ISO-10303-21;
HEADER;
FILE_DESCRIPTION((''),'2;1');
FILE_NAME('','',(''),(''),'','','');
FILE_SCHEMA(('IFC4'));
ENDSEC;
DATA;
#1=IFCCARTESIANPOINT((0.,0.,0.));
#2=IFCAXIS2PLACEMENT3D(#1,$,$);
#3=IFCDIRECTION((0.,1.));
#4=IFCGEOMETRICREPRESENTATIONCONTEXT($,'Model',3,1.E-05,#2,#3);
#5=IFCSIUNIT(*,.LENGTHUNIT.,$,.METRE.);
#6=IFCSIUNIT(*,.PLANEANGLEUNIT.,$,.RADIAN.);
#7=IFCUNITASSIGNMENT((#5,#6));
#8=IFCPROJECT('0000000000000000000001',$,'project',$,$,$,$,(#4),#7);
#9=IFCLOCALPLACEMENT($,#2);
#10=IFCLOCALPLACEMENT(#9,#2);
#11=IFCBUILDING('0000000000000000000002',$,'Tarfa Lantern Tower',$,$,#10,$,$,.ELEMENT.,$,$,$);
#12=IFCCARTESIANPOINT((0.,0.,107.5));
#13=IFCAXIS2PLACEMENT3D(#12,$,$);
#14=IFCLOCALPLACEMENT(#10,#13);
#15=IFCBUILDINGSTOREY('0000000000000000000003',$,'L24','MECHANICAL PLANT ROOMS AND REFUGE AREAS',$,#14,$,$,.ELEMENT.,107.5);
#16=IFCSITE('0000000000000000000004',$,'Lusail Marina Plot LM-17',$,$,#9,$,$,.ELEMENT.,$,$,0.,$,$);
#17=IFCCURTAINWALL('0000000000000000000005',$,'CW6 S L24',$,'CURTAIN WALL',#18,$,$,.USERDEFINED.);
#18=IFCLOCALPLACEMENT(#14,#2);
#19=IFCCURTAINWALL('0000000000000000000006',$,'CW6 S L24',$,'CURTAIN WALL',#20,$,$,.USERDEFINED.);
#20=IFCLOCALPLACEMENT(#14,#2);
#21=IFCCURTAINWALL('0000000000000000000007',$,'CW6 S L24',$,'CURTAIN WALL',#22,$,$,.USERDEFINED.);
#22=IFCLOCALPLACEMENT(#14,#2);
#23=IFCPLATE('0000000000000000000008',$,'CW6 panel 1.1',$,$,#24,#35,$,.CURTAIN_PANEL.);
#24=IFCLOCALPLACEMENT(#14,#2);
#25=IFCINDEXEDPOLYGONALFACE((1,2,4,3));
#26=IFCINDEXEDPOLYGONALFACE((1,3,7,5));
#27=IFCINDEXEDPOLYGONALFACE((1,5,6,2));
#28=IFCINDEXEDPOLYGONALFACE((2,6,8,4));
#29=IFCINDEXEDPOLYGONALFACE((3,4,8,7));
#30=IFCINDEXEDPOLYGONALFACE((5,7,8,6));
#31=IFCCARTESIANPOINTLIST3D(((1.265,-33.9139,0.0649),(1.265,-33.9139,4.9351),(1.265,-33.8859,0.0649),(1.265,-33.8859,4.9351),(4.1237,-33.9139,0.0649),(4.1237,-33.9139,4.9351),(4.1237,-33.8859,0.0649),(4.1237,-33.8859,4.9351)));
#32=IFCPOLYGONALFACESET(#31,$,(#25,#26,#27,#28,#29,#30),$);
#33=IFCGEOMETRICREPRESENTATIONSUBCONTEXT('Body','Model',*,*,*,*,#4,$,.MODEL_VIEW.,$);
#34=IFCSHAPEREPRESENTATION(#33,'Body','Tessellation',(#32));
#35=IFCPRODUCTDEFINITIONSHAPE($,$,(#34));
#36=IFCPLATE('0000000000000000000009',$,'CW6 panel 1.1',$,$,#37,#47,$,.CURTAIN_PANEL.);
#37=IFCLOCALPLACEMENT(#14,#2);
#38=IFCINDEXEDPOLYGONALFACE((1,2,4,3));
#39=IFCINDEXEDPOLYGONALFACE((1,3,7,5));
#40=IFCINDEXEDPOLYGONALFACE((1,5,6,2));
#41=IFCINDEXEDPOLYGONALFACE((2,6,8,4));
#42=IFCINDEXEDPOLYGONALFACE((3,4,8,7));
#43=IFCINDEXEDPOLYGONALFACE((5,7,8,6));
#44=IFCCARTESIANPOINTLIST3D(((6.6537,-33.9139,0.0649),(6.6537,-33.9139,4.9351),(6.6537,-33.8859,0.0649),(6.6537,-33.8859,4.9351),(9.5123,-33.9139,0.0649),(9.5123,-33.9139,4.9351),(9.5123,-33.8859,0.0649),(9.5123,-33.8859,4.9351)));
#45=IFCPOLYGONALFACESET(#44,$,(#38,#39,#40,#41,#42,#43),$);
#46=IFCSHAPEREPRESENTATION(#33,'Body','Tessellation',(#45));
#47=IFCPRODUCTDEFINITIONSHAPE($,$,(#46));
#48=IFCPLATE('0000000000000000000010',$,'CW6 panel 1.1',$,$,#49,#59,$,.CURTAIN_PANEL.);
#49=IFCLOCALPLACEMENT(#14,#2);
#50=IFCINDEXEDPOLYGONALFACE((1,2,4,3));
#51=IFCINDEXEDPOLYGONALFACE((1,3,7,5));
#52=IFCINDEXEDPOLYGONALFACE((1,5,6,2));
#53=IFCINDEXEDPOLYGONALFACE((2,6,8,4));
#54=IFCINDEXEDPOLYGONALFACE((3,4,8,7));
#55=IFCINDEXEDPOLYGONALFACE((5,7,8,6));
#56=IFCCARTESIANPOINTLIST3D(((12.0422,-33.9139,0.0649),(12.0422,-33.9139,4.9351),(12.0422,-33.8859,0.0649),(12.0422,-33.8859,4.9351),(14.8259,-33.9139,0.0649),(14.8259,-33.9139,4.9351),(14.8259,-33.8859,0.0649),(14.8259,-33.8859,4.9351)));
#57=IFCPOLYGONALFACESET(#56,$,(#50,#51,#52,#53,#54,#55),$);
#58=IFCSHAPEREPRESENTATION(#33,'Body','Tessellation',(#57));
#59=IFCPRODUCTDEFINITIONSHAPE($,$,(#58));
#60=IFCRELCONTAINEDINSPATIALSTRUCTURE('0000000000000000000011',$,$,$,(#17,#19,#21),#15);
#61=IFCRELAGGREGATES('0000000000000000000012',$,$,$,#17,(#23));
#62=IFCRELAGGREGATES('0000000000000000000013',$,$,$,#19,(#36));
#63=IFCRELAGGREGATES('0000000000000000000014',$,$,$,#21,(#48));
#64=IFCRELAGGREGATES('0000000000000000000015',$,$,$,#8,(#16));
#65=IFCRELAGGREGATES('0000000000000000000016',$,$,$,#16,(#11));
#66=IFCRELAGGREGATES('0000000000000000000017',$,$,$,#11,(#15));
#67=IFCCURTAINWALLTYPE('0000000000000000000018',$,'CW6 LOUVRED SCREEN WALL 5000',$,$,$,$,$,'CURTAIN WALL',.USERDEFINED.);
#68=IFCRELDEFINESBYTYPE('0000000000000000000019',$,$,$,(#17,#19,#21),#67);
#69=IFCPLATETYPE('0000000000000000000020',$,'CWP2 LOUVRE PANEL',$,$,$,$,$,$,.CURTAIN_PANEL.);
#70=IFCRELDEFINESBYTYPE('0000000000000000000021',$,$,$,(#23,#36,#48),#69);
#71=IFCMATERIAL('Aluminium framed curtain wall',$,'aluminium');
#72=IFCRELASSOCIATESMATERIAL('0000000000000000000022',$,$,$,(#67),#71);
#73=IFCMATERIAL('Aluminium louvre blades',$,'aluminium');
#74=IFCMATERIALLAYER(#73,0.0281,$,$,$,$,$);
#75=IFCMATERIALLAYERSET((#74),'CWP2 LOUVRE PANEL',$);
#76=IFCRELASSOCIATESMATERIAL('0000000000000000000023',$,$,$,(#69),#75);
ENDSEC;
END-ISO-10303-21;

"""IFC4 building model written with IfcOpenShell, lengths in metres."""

from ifc_helpers import new_model, si_unit, direction, frame, origin, origin_2d, place, context, subcontext, project, spatial, rectangle, extrude, material, layer, layer_set, type_object, element, aggregate, save


model = new_model("IFC4")

# Units and contexts
model_context = context("Model", 3, precision=1e-05, world=origin(), true_north=direction((0.0, 1.0)))
body_context = subcontext(model_context, "Body", "Model", "MODEL_VIEW")
ifc_project = project(units=[si_unit("LENGTHUNIT", "METRE"), si_unit("PLANEANGLEUNIT", "RADIAN")], contexts=[model_context])

# Site, building, storey
site_placement = place(None, origin())
site = spatial("IfcSite", under=ifc_project, at=site_placement, Name="Lusail Marina Plot LM-17", CompositionType="ELEMENT", RefElevation=0.0)
building_placement = place(site_placement, origin())
building = spatial("IfcBuilding", under=site, at=building_placement, Name="Tarfa Lantern Tower", CompositionType="ELEMENT")
storey_placement = place(building_placement, frame((0.0, 0.0, 107.5)))
storey = spatial("IfcBuildingStorey", under=building, at=storey_placement, Name="L24", Description="MECHANICAL PLANT ROOMS AND REFUGE AREAS", CompositionType="ELEMENT", Elevation=107.5)

# Curtain walls
ifc_material_1 = material(Name="Aluminium framed curtain wall", Category="aluminium")
curtain_wall_type = type_object("IfcCurtainWallType", Name="CW6 LOUVRED SCREEN WALL 5000", ElementType="CURTAIN WALL", PredefinedType="USERDEFINED", material=ifc_material_1)
curtain_wall_1_placement = place(storey_placement, origin())
curtain_wall_1 = element("IfcCurtainWall", 1, at=curtain_wall_1_placement, inside=storey, type_object=curtain_wall_type, Name="CW6 S L24", ObjectType="CURTAIN WALL", PredefinedType="USERDEFINED")
curtain_wall_2_placement = place(storey_placement, origin())
curtain_wall_2 = element("IfcCurtainWall", 2, at=curtain_wall_2_placement, inside=storey, type_object=curtain_wall_type, Name="CW6 S L24", ObjectType="CURTAIN WALL", PredefinedType="USERDEFINED")
curtain_wall_3_placement = place(storey_placement, origin())
curtain_wall_3 = element("IfcCurtainWall", 3, at=curtain_wall_3_placement, inside=storey, type_object=curtain_wall_type, Name="CW6 S L24", ObjectType="CURTAIN WALL", PredefinedType="USERDEFINED")

# Plates
ifc_material_2 = material(Name="Aluminium louvre blades", Category="aluminium")
ifc_layer = layer(ifc_material_2, 0.0281)
ifc_layer_set = layer_set([ifc_layer], Name="CWP2 LOUVRE PANEL")
plate_type = type_object("IfcPlateType", Name="CWP2 LOUVRE PANEL", PredefinedType="CURTAIN_PANEL", material=ifc_layer_set)
plate_1_placement = place(storey_placement, frame((2.6943, -33.8999, 0.0649), z_axis=(0.0, 0.0, 1.0), x_axis=(1.0, 0.0, 0.0)))
plate_1 = element("IfcPlate", 4, at=plate_1_placement, type_object=plate_type, Name="CW6 panel 1.1", PredefinedType="CURTAIN_PANEL", context=body_context, shape_type="SweptSolid", body=[
    extrude(rectangle(XDim=2.8586, YDim=0.0281, at=origin_2d()), origin(), (0.0, 0.0, 1.0), 4.8701),
])
aggregate(curtain_wall_1, [plate_1])
plate_2_placement = place(storey_placement, frame((8.083, -33.8999, 0.0649), z_axis=(0.0, 0.0, 1.0), x_axis=(1.0, 0.0, 0.0)))
plate_2 = element("IfcPlate", 5, at=plate_2_placement, type_object=plate_type, Name="CW6 panel 1.1", PredefinedType="CURTAIN_PANEL", context=body_context, shape_type="SweptSolid", body=[
    extrude(rectangle(XDim=2.8586, YDim=0.0281, at=origin_2d()), origin(), (0.0, 0.0, 1.0), 4.8701),
])
aggregate(curtain_wall_2, [plate_2])
plate_3_placement = place(storey_placement, frame((13.4341, -33.8999, 0.0649), z_axis=(0.0, 0.0, 1.0), x_axis=(1.0, 0.0, 0.0)))
plate_3 = element("IfcPlate", 6, at=plate_3_placement, type_object=plate_type, Name="CW6 panel 1.1", PredefinedType="CURTAIN_PANEL", context=body_context, shape_type="SweptSolid", body=[
    extrude(rectangle(XDim=2.7837, YDim=0.0281, at=origin_2d()), origin(), (0.0, 0.0, 1.0), 4.8701),
])
aggregate(curtain_wall_3, [plate_3])

save(model, "model.ifc")
